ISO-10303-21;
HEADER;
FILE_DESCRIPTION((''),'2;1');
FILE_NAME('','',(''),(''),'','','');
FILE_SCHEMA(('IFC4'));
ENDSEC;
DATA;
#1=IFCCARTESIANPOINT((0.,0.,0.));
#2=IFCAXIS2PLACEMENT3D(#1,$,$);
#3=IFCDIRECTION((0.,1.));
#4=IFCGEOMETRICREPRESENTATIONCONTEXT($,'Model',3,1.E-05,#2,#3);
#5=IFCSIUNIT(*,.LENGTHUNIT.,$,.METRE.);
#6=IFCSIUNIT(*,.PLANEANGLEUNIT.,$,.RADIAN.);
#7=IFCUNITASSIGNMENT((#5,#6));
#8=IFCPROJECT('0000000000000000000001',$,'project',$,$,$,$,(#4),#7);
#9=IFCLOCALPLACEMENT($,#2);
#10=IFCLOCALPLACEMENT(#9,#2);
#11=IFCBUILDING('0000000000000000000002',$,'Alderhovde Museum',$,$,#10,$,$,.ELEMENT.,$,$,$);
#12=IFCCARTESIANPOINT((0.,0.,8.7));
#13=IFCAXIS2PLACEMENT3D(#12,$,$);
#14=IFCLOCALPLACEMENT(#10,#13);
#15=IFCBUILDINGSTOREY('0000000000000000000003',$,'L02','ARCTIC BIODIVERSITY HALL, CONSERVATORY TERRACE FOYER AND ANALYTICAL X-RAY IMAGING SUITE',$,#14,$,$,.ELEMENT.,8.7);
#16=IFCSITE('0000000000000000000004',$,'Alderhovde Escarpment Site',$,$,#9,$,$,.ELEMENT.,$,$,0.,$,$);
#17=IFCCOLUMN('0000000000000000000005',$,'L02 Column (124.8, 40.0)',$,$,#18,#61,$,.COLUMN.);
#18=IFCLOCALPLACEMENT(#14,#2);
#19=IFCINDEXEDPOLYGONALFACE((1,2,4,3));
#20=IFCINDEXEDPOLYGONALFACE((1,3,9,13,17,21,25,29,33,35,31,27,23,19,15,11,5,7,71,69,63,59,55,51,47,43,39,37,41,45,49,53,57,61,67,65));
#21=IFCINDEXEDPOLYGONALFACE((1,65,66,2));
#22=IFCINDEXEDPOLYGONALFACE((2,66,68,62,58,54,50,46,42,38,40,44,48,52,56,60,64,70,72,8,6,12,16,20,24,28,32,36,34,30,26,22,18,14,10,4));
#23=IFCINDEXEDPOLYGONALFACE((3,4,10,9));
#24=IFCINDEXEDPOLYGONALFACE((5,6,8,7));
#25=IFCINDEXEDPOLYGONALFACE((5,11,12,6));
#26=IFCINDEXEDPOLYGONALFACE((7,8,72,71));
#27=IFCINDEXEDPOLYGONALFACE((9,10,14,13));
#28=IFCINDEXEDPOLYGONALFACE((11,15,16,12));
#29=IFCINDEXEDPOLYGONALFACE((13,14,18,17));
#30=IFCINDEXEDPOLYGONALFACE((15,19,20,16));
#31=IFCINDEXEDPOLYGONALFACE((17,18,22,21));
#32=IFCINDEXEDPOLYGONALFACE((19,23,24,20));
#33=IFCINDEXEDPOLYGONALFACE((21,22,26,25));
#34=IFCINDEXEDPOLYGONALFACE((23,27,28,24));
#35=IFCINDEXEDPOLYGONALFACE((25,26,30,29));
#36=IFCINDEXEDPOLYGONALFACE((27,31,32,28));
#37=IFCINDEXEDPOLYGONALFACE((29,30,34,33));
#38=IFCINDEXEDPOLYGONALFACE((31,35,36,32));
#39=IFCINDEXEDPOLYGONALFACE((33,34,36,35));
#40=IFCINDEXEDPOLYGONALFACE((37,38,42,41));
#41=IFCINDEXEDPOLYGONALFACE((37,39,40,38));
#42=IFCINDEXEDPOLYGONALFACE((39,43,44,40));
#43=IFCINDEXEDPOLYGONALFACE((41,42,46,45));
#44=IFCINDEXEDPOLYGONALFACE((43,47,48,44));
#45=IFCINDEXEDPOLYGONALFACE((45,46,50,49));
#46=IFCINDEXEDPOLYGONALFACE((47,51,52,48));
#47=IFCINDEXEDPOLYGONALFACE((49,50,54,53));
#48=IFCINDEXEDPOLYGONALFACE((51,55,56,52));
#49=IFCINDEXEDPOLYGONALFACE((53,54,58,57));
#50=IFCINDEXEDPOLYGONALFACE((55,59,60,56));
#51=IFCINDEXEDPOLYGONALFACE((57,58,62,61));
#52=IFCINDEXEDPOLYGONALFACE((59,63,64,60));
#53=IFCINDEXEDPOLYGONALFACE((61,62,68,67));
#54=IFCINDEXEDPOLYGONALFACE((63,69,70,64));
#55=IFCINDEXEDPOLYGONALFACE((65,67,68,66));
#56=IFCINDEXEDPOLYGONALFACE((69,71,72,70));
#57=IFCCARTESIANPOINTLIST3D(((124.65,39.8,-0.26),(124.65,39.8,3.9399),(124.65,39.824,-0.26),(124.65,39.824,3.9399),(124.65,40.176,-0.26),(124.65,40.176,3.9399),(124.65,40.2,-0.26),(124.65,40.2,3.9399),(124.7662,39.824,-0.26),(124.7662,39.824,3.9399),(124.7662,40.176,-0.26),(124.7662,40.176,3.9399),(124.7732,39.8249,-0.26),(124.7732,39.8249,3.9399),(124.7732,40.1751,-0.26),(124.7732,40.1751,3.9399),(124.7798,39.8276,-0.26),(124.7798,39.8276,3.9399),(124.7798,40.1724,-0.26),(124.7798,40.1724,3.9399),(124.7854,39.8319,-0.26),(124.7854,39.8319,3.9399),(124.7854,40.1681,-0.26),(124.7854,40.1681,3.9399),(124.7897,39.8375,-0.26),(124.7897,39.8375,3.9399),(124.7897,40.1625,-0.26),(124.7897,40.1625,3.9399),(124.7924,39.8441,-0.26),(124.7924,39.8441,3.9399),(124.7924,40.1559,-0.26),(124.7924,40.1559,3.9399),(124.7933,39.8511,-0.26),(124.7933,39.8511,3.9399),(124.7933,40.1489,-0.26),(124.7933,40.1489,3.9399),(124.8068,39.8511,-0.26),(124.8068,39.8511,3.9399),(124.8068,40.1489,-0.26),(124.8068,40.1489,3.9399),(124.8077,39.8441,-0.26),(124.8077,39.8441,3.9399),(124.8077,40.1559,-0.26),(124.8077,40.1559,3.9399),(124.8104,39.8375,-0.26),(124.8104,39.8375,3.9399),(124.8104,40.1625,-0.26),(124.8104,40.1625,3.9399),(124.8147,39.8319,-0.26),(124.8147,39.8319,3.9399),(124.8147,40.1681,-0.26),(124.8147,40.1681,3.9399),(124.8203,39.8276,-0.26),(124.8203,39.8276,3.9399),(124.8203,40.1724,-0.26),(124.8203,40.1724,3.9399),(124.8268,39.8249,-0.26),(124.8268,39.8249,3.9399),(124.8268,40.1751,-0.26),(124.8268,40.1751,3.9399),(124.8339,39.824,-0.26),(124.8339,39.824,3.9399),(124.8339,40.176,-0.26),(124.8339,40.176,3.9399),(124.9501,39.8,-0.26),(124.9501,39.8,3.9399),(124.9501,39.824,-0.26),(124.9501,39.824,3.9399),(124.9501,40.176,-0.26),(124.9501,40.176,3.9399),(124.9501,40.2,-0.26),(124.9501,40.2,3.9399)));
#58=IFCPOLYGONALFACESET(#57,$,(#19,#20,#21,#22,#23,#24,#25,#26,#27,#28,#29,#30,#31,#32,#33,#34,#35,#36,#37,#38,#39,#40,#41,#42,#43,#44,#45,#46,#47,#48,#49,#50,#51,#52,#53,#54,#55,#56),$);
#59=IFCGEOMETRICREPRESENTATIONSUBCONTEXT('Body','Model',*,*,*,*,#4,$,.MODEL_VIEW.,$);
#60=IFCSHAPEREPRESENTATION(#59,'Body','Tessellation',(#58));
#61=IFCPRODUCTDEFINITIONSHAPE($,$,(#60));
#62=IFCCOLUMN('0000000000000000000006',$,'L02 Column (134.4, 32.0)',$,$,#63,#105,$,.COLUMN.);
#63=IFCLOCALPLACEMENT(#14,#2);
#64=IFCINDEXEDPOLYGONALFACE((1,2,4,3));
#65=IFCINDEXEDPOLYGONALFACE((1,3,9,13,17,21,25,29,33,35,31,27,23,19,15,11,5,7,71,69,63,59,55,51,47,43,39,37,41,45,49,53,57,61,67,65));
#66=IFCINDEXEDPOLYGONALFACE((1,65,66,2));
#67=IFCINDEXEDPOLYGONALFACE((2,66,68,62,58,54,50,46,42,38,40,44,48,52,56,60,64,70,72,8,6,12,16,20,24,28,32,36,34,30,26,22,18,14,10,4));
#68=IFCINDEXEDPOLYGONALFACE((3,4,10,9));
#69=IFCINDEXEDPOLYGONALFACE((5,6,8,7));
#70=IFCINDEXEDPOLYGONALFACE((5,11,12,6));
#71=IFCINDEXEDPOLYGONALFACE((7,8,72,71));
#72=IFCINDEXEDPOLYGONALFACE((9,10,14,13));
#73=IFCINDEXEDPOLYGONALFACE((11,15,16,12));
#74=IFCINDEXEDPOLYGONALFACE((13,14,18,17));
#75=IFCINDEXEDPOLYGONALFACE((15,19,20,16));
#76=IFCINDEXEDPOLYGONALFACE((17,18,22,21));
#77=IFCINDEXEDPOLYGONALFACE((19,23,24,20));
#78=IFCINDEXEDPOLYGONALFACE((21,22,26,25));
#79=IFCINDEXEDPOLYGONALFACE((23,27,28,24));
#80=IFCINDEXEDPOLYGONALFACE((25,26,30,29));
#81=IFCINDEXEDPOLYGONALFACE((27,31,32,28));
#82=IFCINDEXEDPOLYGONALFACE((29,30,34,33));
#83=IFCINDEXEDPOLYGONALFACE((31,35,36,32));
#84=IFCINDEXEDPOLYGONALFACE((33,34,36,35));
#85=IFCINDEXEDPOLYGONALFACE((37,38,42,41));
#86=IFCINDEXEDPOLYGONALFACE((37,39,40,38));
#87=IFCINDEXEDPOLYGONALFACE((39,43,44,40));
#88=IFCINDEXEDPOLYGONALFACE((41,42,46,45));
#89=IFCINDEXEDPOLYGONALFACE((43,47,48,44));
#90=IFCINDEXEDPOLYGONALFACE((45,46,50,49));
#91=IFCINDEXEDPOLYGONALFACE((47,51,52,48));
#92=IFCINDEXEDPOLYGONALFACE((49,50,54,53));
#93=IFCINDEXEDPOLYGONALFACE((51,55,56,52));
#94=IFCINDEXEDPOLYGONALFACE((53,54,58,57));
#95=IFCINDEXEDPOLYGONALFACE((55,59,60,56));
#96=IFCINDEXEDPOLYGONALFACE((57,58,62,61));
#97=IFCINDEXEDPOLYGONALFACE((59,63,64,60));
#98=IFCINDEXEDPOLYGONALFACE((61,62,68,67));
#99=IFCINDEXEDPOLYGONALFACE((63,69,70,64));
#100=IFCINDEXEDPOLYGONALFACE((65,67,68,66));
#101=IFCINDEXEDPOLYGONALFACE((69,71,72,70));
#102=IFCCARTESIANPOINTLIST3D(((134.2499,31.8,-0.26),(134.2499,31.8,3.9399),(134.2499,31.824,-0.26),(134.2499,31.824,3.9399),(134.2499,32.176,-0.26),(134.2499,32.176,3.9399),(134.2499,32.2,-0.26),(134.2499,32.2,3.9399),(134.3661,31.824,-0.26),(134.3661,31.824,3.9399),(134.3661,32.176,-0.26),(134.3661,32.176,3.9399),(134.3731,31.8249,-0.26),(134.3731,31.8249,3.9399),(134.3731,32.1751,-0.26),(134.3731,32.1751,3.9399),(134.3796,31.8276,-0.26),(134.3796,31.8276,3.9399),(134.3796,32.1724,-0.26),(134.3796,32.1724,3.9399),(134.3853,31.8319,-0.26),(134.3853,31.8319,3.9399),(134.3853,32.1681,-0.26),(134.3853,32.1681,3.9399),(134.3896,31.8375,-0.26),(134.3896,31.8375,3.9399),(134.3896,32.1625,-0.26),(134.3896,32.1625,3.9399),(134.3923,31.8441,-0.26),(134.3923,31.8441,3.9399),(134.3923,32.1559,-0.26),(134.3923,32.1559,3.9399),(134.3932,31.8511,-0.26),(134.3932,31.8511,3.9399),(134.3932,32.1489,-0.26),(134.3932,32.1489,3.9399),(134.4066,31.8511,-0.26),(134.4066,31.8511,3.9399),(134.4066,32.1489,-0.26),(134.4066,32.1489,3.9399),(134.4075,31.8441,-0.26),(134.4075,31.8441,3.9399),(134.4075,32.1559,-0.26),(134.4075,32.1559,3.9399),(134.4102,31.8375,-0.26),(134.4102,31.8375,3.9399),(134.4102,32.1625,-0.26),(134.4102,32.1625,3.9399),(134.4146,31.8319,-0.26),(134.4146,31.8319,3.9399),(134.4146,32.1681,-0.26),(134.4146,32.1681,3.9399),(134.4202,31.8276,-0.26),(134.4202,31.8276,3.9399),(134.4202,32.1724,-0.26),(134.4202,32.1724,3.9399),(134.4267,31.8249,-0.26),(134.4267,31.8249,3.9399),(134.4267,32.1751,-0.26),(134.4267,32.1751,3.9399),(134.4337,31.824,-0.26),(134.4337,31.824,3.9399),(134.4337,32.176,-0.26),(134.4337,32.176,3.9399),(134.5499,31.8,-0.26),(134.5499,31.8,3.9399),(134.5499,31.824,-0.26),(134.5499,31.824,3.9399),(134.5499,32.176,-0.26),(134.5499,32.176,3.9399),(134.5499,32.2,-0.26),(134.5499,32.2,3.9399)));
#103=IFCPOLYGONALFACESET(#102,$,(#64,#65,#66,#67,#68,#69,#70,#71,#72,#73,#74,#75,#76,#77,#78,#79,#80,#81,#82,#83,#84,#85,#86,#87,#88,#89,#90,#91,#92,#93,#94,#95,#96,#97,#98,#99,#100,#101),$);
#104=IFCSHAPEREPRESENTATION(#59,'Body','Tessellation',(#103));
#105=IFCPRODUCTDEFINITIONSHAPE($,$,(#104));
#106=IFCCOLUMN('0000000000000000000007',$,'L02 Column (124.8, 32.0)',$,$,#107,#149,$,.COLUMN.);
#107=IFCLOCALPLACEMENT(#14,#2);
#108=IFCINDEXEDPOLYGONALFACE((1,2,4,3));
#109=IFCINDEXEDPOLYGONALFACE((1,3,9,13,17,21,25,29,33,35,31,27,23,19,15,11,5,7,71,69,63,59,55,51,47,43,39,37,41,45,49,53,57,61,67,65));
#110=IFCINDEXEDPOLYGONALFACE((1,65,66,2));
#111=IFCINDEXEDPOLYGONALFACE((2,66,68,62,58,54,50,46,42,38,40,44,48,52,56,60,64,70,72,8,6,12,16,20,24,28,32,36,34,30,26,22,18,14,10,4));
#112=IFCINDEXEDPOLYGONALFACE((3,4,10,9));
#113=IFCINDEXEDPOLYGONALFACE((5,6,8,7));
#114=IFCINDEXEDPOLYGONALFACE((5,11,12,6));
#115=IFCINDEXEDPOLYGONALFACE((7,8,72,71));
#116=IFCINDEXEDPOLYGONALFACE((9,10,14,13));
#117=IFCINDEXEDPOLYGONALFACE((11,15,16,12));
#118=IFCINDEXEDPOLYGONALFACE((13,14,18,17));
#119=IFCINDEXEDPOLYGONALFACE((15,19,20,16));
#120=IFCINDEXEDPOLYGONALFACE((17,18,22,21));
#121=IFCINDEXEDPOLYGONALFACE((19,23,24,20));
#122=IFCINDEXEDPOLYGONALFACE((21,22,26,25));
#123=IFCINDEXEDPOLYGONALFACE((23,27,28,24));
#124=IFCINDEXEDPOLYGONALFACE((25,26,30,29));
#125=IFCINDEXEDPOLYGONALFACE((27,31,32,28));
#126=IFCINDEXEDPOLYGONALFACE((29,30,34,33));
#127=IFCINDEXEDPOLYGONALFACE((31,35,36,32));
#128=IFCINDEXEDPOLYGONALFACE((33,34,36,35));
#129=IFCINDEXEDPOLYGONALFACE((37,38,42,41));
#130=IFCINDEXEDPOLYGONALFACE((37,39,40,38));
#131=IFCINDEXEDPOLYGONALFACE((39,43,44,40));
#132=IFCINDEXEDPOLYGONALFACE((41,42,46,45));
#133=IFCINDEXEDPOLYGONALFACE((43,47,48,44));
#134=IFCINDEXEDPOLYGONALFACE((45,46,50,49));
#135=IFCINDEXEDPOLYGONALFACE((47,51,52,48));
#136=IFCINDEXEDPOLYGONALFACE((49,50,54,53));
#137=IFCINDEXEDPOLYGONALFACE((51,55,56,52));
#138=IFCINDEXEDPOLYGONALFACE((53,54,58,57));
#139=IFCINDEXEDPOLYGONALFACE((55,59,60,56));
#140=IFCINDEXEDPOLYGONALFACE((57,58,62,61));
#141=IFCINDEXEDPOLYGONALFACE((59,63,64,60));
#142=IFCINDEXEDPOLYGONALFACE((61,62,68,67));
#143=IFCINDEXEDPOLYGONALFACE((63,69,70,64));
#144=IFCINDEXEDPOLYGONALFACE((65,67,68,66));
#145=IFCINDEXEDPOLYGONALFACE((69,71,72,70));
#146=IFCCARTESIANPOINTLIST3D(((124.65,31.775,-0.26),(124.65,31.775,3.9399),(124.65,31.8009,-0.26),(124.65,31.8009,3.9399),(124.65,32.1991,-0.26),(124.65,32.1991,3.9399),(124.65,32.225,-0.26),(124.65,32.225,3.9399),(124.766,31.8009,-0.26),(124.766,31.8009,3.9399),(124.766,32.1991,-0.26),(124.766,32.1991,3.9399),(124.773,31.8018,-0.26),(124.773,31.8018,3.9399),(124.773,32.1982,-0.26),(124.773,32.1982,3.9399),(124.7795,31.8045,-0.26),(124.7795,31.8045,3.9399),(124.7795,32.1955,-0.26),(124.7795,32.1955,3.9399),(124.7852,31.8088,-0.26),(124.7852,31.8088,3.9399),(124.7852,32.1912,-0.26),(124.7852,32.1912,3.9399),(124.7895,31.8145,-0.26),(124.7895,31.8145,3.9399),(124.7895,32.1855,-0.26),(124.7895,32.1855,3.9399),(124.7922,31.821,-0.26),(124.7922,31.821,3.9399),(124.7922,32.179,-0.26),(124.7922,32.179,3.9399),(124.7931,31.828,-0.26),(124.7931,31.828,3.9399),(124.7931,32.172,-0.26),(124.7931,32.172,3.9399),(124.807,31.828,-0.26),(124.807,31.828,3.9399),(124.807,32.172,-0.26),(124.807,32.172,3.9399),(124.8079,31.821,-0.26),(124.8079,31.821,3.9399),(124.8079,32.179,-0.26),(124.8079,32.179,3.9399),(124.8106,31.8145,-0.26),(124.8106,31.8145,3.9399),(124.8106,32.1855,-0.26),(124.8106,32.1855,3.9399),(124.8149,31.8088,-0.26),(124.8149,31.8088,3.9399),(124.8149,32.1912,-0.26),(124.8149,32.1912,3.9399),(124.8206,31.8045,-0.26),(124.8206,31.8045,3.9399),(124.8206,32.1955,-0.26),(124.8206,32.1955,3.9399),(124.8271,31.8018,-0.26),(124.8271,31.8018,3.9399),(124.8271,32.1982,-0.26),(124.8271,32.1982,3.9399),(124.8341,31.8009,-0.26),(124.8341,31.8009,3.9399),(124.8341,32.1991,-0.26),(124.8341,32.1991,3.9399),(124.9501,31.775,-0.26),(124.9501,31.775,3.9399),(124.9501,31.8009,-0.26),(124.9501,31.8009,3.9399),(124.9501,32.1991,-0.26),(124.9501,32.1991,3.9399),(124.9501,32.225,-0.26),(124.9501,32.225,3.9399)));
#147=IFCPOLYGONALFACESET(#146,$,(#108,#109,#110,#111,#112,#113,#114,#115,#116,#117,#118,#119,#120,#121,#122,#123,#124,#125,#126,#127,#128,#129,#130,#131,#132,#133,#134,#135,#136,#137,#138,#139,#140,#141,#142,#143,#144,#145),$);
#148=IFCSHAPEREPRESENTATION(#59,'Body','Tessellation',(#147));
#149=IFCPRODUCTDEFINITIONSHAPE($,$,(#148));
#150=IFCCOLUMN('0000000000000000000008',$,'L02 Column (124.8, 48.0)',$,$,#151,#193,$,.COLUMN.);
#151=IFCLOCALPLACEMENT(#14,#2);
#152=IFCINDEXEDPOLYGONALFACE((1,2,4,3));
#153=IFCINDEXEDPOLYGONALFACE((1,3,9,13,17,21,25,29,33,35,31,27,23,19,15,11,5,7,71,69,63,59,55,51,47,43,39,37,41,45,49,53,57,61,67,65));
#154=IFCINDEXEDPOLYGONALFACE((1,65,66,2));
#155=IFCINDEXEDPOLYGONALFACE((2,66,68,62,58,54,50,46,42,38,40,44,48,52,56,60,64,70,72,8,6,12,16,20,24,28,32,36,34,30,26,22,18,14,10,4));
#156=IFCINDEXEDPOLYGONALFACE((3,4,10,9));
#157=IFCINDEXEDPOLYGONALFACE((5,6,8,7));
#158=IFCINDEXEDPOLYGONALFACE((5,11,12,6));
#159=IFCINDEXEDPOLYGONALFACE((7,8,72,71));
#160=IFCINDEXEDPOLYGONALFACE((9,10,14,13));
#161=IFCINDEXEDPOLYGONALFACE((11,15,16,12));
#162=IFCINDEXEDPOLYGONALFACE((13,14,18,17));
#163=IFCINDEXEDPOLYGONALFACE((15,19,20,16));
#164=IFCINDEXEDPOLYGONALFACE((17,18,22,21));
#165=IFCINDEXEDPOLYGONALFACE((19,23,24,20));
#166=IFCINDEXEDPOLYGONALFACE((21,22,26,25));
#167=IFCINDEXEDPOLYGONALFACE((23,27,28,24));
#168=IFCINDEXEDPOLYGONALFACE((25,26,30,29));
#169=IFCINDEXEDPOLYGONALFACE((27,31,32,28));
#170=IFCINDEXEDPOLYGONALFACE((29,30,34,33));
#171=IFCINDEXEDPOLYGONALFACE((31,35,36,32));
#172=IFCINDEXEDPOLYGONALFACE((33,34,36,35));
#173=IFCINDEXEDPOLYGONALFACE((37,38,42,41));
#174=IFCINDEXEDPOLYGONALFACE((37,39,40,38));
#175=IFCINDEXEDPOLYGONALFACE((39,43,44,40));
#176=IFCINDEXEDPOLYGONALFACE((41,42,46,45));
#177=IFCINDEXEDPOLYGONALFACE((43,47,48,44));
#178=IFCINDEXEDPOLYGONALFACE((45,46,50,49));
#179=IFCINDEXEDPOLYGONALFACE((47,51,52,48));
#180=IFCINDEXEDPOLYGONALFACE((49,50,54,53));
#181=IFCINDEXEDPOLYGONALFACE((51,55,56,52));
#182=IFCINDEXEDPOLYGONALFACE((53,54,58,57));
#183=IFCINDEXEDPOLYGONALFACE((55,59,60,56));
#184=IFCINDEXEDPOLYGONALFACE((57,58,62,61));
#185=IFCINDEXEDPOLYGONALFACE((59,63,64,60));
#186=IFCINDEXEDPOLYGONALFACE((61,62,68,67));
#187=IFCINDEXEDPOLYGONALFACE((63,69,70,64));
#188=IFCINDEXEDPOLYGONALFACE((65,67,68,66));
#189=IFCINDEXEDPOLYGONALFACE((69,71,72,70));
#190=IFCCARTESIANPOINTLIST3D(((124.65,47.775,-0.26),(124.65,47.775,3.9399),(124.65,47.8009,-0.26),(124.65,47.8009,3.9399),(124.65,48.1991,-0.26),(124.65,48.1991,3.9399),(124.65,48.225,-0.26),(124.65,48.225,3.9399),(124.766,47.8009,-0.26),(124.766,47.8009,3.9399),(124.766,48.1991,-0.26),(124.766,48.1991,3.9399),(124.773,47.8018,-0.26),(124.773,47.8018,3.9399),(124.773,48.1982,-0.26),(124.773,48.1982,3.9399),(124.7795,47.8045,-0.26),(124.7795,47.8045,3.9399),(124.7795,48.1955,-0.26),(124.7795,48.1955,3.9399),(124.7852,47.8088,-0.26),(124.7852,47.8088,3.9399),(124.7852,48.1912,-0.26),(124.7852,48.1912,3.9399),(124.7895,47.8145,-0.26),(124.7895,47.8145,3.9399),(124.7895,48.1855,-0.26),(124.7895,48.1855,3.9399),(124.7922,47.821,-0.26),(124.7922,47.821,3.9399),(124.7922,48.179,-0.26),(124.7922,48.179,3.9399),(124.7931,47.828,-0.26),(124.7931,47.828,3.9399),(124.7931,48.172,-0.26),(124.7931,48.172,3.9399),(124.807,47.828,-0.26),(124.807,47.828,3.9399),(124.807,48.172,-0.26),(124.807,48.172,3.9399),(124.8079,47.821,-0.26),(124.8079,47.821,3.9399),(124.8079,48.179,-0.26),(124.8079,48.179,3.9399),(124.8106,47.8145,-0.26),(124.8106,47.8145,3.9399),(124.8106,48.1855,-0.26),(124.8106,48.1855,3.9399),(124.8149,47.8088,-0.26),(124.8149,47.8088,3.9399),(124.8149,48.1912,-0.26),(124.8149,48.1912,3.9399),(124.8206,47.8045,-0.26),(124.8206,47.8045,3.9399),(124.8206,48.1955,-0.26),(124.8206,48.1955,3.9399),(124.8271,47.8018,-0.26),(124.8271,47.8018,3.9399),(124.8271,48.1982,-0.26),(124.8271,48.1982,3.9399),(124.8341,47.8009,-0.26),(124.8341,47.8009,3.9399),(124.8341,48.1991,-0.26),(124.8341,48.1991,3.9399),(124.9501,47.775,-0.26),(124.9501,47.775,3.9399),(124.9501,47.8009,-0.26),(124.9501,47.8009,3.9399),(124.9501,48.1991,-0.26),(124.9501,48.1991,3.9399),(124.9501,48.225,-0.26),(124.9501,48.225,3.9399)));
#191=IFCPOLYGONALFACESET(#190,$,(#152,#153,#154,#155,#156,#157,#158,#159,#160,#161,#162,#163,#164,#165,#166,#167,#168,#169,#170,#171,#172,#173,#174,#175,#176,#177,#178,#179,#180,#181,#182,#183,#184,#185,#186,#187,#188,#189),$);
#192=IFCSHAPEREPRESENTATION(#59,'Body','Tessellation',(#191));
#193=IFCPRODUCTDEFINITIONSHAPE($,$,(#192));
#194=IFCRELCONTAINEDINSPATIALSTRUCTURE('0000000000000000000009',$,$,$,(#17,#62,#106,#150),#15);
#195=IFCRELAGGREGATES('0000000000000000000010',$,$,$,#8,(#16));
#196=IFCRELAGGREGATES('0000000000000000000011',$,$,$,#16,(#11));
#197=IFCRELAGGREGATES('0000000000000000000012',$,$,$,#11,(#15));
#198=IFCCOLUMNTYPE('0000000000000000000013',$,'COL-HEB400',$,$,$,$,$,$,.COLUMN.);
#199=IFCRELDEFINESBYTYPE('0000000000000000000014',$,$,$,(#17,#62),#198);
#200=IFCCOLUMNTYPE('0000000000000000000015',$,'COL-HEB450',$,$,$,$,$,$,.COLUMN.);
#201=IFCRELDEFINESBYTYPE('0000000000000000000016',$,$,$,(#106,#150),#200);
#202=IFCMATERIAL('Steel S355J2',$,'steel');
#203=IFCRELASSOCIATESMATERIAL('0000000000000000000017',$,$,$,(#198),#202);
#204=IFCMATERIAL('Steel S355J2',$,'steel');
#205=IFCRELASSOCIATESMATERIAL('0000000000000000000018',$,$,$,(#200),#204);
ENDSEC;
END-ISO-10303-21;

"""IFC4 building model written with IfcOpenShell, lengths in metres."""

from ifc_helpers import new_model, si_unit, direction, frame, origin, origin_2d, place, context, subcontext, project, spatial, i_section, extrude, material, material_profile, profile_set, type_object, element, save


model = new_model("IFC4")

# Units and contexts
model_context = context("Model", 3, precision=1e-05, world=origin(), true_north=direction((0.0, 1.0)))
body_context = subcontext(model_context, "Body", "Model", "MODEL_VIEW")
ifc_project = project(units=[si_unit("LENGTHUNIT", "METRE"), si_unit("PLANEANGLEUNIT", "RADIAN")], contexts=[model_context])

# Site, building, storey
site_placement = place(None, origin())
site = spatial("IfcSite", under=ifc_project, at=site_placement, Name="Alderhovde Escarpment Site", CompositionType="ELEMENT", RefElevation=0.0)
building_placement = place(site_placement, origin())
building = spatial("IfcBuilding", under=site, at=building_placement, Name="Alderhovde Museum", CompositionType="ELEMENT")
storey_placement = place(building_placement, frame((0.0, 0.0, 8.7)))
storey = spatial("IfcBuildingStorey", under=building, at=storey_placement, Name="L02", Description="ARCTIC BIODIVERSITY HALL, CONSERVATORY TERRACE FOYER AND ANALYTICAL X-RAY IMAGING SUITE", CompositionType="ELEMENT", Elevation=8.7)

# Columns
ifc_material_1 = material(Name="Steel S355J2", Category="steel")
ifc_material_profile_1 = material_profile(ifc_material_1, i_section(OverallWidth=0.3, OverallDepth=0.3999, WebThickness=0.0134, FlangeThickness=0.0239, FilletRadius=0.0271, at=origin_2d()), Name="HEB 400")
ifc_profile_set_1 = profile_set([ifc_material_profile_1], Name="Steel S355J2")
column_type_1 = type_object("IfcColumnType", Name="COL-HEB400", PredefinedType="COLUMN", material=ifc_profile_set_1)
for number, where, z_axis, x_axis, name in (
    (1, (124.8, 40.0, -0.26), (0.0, 0.0, 1.0), (1.0, 0.0, 0.0), "L02 Column (124.8, 40.0)"),
    (2, (134.3999, 32.0, -0.26), (0.0, 0.0, 1.0), (1.0, 0.0, 0.0), "L02 Column (134.4, 32.0)"),
):
    element("IfcColumn", number, at=place(storey_placement, frame(where, z_axis=z_axis, x_axis=x_axis)), inside=storey, type_object=column_type_1, Name=name, PredefinedType="COLUMN", context=body_context, shape_type="SweptSolid", body=[
        extrude(i_section(OverallWidth=0.3, OverallDepth=0.3999, WebThickness=0.0134, FlangeThickness=0.0239, FilletRadius=0.0271, at=origin_2d()), origin(), (0.0, 0.0, 1.0), 4.2),
    ])
ifc_material_2 = material(Name="Steel S355J2", Category="steel")
ifc_material_profile_2 = material_profile(ifc_material_2, i_section(OverallWidth=0.3, OverallDepth=0.45, WebThickness=0.0139, FlangeThickness=0.0259, FilletRadius=0.0271, at=origin_2d()), Name="HEB 450")
ifc_profile_set_2 = profile_set([ifc_material_profile_2], Name="Steel S355J2")
column_type_2 = type_object("IfcColumnType", Name="COL-HEB450", PredefinedType="COLUMN", material=ifc_profile_set_2)
for number, where, z_axis, x_axis, name in (
    (3, (124.8, 32.0, -0.26), (0.0, 0.0, 1.0), (1.0, 0.0, 0.0), "L02 Column (124.8, 32.0)"),
    (4, (124.8, 48.0, -0.26), (0.0, 0.0, 1.0), (1.0, 0.0, 0.0), "L02 Column (124.8, 48.0)"),
):
    element("IfcColumn", number, at=place(storey_placement, frame(where, z_axis=z_axis, x_axis=x_axis)), inside=storey, type_object=column_type_2, Name=name, PredefinedType="COLUMN", context=body_context, shape_type="SweptSolid", body=[
        extrude(i_section(OverallWidth=0.3, OverallDepth=0.45, WebThickness=0.0139, FlangeThickness=0.0259, FilletRadius=0.0271, at=origin_2d()), origin(), (0.0, 0.0, 1.0), 4.2),
    ])

save(model, "model.ifc")
